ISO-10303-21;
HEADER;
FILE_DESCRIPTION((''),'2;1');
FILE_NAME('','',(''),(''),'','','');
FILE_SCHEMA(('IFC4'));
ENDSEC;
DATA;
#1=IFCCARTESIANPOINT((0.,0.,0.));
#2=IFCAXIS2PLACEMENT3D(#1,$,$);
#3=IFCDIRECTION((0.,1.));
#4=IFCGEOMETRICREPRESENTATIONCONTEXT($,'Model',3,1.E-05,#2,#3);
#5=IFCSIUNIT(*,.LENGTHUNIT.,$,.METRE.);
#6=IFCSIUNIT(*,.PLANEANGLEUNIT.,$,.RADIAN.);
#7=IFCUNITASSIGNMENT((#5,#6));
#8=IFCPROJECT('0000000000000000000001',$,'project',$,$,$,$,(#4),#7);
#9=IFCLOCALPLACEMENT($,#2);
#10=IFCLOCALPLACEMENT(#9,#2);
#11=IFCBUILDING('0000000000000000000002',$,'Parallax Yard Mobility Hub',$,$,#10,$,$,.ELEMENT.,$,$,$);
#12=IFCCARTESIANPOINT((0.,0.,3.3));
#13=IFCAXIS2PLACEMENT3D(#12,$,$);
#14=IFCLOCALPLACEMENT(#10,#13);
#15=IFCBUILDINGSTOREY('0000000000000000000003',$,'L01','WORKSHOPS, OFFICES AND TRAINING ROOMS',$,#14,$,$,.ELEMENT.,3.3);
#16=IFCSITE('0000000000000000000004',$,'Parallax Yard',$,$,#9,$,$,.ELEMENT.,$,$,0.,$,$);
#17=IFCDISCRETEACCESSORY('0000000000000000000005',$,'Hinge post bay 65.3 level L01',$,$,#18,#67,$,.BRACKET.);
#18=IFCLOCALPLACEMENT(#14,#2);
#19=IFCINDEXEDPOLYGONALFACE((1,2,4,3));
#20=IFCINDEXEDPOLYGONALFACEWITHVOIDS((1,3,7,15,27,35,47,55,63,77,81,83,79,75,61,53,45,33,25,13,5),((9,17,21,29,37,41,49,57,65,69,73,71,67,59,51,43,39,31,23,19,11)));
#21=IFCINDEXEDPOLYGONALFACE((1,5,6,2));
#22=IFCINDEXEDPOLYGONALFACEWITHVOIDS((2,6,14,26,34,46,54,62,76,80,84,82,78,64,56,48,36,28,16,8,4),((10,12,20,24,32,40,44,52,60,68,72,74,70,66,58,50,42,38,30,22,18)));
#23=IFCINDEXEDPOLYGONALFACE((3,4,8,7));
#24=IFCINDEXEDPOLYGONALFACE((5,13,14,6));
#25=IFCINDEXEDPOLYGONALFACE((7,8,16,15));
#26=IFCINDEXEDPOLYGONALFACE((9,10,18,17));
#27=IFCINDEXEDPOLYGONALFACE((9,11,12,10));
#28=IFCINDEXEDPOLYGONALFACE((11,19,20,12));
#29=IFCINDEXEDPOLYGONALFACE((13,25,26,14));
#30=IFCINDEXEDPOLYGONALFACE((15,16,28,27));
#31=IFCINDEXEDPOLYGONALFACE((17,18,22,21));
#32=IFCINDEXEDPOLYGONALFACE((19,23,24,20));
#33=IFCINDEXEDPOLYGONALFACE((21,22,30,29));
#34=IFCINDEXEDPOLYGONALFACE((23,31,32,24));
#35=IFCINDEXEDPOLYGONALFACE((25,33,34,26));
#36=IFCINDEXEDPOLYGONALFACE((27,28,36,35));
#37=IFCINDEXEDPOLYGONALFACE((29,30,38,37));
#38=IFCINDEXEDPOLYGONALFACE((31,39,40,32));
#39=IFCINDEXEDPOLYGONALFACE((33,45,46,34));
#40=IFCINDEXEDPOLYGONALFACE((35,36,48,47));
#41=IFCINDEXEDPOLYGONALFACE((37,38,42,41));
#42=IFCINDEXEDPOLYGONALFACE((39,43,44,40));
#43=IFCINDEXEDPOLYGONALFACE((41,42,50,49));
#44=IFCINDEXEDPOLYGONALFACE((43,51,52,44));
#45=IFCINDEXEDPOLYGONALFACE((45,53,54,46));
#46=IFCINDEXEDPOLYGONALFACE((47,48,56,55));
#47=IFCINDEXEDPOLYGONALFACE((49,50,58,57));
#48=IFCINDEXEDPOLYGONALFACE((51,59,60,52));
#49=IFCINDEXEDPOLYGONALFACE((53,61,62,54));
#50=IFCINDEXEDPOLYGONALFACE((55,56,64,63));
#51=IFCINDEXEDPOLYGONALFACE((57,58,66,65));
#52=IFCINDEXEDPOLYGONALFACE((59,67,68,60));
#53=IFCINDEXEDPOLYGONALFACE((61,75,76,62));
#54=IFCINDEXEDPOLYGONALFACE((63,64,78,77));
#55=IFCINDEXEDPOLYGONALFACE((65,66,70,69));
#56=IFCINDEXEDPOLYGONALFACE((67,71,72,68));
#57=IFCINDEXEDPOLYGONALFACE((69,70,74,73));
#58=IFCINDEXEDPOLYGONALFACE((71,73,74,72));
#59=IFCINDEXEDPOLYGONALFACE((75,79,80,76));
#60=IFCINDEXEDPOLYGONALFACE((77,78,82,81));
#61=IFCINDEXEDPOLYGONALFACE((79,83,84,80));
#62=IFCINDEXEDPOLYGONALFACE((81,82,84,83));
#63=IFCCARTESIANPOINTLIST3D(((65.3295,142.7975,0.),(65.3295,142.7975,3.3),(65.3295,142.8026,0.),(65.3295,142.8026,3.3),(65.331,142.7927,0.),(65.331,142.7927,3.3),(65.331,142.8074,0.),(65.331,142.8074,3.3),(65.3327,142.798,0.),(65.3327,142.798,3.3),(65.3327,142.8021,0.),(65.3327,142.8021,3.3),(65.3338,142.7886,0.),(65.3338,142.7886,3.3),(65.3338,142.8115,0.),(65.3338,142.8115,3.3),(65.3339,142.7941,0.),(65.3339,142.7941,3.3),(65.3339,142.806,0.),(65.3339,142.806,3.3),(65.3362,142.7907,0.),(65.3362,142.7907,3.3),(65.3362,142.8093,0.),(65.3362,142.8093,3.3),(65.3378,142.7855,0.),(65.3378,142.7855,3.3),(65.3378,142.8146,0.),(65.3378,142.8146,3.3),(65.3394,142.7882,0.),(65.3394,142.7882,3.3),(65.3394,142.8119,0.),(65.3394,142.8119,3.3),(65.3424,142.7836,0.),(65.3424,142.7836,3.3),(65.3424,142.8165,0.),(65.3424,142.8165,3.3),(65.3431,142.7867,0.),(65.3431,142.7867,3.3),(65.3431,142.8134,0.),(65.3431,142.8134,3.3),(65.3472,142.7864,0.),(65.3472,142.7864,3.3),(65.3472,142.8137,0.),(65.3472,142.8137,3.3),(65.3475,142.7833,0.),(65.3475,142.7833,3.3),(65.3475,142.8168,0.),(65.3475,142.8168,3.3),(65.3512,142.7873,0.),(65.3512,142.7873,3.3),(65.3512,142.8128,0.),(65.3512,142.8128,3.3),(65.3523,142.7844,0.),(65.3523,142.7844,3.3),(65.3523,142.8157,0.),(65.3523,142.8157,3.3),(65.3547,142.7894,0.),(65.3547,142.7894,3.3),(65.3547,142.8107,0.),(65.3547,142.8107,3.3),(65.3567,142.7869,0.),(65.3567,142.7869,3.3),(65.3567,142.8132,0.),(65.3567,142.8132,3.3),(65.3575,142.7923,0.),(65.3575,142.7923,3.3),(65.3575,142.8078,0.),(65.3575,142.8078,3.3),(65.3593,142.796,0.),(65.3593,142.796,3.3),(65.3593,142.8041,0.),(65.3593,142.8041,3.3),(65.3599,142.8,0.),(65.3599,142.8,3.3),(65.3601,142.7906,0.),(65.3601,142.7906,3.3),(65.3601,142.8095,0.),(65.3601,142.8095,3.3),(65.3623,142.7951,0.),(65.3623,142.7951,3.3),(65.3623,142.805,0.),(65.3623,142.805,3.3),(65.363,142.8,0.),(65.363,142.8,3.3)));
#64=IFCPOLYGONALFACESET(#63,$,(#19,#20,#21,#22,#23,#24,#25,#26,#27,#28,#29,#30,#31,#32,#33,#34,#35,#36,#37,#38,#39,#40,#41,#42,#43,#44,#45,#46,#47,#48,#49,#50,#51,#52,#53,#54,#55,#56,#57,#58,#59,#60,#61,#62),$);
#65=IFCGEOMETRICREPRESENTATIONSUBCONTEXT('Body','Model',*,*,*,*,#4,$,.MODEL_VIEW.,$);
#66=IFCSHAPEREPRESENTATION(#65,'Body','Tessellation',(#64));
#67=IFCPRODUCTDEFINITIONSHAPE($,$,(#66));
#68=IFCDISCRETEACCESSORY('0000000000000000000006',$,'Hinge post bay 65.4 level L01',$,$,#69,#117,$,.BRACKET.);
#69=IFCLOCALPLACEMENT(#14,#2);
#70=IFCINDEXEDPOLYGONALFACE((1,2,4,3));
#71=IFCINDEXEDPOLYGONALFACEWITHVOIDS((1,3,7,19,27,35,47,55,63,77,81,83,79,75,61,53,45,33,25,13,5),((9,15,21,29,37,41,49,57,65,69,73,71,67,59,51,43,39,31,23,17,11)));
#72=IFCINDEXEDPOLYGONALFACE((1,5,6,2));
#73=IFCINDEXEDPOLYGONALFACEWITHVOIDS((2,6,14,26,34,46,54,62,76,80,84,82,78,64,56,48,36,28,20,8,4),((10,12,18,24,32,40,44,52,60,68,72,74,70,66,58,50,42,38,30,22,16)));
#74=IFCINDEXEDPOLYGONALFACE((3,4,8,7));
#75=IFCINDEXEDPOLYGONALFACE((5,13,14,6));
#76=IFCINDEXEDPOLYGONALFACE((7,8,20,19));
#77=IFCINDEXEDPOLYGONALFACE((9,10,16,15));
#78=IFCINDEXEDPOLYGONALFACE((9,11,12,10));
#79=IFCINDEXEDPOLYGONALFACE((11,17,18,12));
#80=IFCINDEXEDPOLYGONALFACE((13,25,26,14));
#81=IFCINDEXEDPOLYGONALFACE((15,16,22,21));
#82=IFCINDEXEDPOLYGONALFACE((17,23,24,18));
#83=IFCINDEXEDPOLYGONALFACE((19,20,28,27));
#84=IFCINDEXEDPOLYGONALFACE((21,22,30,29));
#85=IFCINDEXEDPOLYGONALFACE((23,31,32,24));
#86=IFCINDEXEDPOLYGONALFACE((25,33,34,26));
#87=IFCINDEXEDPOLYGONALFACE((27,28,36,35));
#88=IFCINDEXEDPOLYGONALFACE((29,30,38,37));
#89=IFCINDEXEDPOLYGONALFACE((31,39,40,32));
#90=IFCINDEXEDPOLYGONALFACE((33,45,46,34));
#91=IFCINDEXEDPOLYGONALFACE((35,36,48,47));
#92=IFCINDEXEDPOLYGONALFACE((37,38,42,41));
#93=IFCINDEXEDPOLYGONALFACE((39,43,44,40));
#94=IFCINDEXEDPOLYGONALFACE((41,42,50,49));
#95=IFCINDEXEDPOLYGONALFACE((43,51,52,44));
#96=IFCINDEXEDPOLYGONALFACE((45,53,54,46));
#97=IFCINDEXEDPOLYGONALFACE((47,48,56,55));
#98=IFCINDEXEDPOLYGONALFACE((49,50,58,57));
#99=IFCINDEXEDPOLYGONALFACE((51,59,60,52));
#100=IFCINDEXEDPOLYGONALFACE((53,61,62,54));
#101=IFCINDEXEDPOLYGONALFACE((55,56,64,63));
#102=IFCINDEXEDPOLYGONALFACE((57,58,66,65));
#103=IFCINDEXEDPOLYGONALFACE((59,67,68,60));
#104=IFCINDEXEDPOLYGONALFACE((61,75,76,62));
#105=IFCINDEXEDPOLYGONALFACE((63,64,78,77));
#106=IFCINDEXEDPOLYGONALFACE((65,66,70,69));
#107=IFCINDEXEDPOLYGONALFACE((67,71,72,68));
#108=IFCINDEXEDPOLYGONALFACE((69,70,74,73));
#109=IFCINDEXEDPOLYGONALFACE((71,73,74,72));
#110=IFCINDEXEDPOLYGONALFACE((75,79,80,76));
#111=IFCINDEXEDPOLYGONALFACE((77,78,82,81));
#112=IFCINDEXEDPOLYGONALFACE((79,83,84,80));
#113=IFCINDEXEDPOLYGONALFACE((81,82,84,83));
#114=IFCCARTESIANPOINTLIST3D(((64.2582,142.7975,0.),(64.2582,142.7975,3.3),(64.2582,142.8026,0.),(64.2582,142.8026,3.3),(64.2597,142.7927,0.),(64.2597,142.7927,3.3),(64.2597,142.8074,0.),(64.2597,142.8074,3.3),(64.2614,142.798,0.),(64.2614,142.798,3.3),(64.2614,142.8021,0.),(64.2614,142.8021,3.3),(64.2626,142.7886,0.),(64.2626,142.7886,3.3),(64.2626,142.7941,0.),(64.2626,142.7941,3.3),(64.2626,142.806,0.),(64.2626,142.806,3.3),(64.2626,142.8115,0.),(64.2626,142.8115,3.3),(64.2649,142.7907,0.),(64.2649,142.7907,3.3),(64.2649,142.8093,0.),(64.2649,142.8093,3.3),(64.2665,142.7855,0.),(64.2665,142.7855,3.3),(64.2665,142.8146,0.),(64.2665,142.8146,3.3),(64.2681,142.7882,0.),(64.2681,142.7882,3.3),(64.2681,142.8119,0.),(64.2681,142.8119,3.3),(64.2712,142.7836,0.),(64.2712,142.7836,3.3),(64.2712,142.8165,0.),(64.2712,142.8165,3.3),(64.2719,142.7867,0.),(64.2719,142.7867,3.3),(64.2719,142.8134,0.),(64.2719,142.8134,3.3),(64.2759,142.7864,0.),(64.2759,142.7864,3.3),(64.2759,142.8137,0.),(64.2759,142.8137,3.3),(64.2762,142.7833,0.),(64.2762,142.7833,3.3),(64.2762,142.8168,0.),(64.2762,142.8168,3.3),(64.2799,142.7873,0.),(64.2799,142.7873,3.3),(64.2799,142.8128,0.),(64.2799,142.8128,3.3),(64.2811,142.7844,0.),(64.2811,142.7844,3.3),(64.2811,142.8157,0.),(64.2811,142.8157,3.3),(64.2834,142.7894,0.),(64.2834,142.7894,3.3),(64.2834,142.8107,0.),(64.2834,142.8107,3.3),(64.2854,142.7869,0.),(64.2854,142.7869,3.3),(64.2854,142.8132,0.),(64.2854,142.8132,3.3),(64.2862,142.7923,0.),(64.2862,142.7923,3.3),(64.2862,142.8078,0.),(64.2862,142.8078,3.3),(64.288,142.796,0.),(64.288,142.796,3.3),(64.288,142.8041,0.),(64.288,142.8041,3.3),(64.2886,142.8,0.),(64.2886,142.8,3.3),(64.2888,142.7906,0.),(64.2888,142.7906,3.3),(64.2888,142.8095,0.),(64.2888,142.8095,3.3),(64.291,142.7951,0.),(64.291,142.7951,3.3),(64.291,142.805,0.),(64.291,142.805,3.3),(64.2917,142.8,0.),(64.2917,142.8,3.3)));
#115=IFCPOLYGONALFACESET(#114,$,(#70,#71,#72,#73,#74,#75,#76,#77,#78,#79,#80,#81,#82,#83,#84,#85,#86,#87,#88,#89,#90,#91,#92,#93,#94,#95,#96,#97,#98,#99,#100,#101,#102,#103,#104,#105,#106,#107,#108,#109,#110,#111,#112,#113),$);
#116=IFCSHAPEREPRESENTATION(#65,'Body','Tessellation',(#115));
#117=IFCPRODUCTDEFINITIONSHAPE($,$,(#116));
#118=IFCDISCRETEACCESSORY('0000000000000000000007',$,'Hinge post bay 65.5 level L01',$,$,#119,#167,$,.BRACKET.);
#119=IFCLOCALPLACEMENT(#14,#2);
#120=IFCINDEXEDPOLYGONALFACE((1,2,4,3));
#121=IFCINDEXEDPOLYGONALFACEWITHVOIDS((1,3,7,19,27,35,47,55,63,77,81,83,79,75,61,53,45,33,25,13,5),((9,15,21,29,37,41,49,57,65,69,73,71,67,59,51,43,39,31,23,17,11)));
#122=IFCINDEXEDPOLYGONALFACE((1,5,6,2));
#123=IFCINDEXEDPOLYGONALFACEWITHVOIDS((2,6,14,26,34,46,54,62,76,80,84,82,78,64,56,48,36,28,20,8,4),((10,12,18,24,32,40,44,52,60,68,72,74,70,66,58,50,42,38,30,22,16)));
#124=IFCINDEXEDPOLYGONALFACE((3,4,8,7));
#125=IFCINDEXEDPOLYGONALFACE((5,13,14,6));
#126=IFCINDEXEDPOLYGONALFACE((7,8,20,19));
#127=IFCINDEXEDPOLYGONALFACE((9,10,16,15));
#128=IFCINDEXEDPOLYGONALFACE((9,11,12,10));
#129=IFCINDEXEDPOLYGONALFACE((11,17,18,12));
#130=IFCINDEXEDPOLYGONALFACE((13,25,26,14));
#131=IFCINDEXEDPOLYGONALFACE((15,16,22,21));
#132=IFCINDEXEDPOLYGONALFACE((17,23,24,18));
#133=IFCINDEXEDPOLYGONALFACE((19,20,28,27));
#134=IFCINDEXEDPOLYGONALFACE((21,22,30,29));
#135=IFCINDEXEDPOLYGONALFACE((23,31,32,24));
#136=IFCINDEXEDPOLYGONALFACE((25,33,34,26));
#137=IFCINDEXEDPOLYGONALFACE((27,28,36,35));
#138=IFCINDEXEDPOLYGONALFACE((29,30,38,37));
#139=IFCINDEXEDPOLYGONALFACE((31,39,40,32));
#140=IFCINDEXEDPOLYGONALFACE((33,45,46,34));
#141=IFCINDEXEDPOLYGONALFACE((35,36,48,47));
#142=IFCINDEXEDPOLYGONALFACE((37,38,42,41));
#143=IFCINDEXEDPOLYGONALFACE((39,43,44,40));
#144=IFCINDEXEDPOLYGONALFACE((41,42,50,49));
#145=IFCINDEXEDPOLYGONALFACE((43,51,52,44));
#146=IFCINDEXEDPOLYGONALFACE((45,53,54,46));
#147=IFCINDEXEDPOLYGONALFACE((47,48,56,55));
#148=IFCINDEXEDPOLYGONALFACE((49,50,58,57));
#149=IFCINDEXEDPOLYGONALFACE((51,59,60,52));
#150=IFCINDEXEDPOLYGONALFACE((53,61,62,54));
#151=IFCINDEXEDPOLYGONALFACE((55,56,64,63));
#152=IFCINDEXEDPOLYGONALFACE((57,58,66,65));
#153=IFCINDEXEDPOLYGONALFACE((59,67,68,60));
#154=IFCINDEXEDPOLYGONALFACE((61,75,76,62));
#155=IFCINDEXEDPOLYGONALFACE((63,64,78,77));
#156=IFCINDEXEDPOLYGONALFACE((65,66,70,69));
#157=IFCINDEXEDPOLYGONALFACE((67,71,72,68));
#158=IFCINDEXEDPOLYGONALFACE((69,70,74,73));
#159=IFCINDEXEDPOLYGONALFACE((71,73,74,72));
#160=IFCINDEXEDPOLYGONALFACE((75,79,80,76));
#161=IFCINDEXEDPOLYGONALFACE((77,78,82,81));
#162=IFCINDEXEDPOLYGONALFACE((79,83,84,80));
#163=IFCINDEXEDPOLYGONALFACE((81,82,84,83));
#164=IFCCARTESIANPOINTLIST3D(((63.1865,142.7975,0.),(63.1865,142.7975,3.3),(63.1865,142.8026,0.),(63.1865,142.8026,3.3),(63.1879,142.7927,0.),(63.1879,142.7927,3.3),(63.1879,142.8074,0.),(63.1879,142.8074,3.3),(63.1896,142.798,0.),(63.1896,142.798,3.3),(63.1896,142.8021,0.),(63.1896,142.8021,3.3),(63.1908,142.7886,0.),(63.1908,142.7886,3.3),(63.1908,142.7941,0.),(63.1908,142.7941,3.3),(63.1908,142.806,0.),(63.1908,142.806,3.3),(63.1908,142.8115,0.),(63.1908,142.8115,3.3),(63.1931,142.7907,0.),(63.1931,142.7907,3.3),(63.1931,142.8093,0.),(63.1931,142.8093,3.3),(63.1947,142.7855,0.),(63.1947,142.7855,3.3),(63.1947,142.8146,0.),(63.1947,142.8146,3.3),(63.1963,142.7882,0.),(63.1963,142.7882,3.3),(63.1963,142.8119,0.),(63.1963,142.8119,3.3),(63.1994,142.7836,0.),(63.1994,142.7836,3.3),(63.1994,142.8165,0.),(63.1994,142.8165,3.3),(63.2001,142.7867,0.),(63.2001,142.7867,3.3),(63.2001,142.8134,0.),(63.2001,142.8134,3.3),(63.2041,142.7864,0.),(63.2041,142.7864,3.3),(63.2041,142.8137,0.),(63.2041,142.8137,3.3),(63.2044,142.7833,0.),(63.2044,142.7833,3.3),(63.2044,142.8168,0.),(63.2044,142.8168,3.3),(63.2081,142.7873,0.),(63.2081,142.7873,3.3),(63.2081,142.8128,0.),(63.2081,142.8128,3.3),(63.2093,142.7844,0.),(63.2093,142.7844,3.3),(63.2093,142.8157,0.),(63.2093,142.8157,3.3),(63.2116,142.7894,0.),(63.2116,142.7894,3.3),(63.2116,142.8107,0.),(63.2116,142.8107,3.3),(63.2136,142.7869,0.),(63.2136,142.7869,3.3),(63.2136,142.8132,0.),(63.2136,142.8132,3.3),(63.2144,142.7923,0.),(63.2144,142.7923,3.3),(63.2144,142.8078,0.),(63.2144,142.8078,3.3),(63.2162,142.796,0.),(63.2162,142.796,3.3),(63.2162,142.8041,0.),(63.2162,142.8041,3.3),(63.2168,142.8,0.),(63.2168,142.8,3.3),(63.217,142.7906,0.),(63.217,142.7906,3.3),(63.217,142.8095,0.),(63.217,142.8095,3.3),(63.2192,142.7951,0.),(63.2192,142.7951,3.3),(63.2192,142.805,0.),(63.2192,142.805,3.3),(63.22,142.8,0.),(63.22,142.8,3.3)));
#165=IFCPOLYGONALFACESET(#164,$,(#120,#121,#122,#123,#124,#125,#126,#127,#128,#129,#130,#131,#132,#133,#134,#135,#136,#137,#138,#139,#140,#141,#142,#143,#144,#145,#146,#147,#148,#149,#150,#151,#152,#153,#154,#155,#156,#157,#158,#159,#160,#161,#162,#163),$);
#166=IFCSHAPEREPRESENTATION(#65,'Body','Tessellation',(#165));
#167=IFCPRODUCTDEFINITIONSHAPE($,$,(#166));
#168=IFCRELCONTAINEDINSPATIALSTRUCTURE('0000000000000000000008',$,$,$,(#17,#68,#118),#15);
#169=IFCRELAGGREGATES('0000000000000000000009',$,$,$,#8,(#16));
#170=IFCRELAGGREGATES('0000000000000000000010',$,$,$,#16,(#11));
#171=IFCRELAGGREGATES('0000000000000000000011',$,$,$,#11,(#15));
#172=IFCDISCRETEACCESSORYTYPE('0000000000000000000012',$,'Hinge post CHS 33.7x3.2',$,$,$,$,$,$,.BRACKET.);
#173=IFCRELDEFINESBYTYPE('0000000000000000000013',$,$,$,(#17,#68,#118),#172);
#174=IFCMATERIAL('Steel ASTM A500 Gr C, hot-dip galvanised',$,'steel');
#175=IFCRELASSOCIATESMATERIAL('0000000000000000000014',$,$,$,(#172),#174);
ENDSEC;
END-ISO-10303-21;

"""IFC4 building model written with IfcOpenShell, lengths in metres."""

from ifc_helpers import new_model, si_unit, direction, frame, origin, origin_2d, place, context, subcontext, project, spatial, hollow_circle, extrude, material, material_profile, profile_set, type_object, element, save


model = new_model("IFC4")

# Units and contexts
model_context = context("Model", 3, precision=1e-05, world=origin(), true_north=direction((0.0, 1.0)))
body_context = subcontext(model_context, "Body", "Model", "MODEL_VIEW")
ifc_project = project(units=[si_unit("LENGTHUNIT", "METRE"), si_unit("PLANEANGLEUNIT", "RADIAN")], contexts=[model_context])

# Site, building, storey
site_placement = place(None, origin())
site = spatial("IfcSite", under=ifc_project, at=site_placement, Name="Parallax Yard", CompositionType="ELEMENT", RefElevation=0.0)
building_placement = place(site_placement, origin())
building = spatial("IfcBuilding", under=site, at=building_placement, Name="Parallax Yard Mobility Hub", CompositionType="ELEMENT")
storey_placement = place(building_placement, frame((0.0, 0.0, 3.3)))
storey = spatial("IfcBuildingStorey", under=building, at=storey_placement, Name="L01", Description="WORKSHOPS, OFFICES AND TRAINING ROOMS", CompositionType="ELEMENT", Elevation=3.3)

# Discrete accessories
ifc_material_1 = material(Name="Steel ASTM A500 Gr C, hot-dip galvanised", Category="steel")
ifc_material_profile = material_profile(ifc_material_1, hollow_circle(Radius=0.0168, WallThickness=0.0032, at=origin_2d()), Name="CHS 33.7x3.2")
ifc_profile_set = profile_set([ifc_material_profile], Name="Steel ASTM A500 Gr C, hot-dip galvanised")
discrete_accessory_type_1 = type_object("IfcDiscreteAccessoryType", Name="Hinge post CHS 33.7x3.2", PredefinedType="BRACKET", material=ifc_profile_set)
for number, where, z_axis, x_axis, name in (
    (1, (65.3462, 142.8, 0.0), (0.0, 0.0, 1.0), (1.0, 0.0, 0.0), "Hinge post bay 65.3 level L01"),
    (2, (64.2749, 142.8, 0.0), (0.0, 0.0, 1.0), (1.0, 0.0, 0.0), "Hinge post bay 65.4 level L01"),
    (3, (63.2031, 142.8, 0.0), (0.0, 0.0, 1.0), (1.0, 0.0, 0.0), "Hinge post bay 65.5 level L01"),
):
    element("IfcDiscreteAccessory", number, at=place(storey_placement, frame(where, z_axis=z_axis, x_axis=x_axis)), inside=storey, type_object=discrete_accessory_type_1, Name=name, PredefinedType="BRACKET", context=body_context, shape_type="SweptSolid", body=[
        extrude(hollow_circle(Radius=0.0168, WallThickness=0.0032, at=origin_2d()), origin(), (0.0, 0.0, 1.0), 3.3),
    ])

save(model, "model.ifc")
